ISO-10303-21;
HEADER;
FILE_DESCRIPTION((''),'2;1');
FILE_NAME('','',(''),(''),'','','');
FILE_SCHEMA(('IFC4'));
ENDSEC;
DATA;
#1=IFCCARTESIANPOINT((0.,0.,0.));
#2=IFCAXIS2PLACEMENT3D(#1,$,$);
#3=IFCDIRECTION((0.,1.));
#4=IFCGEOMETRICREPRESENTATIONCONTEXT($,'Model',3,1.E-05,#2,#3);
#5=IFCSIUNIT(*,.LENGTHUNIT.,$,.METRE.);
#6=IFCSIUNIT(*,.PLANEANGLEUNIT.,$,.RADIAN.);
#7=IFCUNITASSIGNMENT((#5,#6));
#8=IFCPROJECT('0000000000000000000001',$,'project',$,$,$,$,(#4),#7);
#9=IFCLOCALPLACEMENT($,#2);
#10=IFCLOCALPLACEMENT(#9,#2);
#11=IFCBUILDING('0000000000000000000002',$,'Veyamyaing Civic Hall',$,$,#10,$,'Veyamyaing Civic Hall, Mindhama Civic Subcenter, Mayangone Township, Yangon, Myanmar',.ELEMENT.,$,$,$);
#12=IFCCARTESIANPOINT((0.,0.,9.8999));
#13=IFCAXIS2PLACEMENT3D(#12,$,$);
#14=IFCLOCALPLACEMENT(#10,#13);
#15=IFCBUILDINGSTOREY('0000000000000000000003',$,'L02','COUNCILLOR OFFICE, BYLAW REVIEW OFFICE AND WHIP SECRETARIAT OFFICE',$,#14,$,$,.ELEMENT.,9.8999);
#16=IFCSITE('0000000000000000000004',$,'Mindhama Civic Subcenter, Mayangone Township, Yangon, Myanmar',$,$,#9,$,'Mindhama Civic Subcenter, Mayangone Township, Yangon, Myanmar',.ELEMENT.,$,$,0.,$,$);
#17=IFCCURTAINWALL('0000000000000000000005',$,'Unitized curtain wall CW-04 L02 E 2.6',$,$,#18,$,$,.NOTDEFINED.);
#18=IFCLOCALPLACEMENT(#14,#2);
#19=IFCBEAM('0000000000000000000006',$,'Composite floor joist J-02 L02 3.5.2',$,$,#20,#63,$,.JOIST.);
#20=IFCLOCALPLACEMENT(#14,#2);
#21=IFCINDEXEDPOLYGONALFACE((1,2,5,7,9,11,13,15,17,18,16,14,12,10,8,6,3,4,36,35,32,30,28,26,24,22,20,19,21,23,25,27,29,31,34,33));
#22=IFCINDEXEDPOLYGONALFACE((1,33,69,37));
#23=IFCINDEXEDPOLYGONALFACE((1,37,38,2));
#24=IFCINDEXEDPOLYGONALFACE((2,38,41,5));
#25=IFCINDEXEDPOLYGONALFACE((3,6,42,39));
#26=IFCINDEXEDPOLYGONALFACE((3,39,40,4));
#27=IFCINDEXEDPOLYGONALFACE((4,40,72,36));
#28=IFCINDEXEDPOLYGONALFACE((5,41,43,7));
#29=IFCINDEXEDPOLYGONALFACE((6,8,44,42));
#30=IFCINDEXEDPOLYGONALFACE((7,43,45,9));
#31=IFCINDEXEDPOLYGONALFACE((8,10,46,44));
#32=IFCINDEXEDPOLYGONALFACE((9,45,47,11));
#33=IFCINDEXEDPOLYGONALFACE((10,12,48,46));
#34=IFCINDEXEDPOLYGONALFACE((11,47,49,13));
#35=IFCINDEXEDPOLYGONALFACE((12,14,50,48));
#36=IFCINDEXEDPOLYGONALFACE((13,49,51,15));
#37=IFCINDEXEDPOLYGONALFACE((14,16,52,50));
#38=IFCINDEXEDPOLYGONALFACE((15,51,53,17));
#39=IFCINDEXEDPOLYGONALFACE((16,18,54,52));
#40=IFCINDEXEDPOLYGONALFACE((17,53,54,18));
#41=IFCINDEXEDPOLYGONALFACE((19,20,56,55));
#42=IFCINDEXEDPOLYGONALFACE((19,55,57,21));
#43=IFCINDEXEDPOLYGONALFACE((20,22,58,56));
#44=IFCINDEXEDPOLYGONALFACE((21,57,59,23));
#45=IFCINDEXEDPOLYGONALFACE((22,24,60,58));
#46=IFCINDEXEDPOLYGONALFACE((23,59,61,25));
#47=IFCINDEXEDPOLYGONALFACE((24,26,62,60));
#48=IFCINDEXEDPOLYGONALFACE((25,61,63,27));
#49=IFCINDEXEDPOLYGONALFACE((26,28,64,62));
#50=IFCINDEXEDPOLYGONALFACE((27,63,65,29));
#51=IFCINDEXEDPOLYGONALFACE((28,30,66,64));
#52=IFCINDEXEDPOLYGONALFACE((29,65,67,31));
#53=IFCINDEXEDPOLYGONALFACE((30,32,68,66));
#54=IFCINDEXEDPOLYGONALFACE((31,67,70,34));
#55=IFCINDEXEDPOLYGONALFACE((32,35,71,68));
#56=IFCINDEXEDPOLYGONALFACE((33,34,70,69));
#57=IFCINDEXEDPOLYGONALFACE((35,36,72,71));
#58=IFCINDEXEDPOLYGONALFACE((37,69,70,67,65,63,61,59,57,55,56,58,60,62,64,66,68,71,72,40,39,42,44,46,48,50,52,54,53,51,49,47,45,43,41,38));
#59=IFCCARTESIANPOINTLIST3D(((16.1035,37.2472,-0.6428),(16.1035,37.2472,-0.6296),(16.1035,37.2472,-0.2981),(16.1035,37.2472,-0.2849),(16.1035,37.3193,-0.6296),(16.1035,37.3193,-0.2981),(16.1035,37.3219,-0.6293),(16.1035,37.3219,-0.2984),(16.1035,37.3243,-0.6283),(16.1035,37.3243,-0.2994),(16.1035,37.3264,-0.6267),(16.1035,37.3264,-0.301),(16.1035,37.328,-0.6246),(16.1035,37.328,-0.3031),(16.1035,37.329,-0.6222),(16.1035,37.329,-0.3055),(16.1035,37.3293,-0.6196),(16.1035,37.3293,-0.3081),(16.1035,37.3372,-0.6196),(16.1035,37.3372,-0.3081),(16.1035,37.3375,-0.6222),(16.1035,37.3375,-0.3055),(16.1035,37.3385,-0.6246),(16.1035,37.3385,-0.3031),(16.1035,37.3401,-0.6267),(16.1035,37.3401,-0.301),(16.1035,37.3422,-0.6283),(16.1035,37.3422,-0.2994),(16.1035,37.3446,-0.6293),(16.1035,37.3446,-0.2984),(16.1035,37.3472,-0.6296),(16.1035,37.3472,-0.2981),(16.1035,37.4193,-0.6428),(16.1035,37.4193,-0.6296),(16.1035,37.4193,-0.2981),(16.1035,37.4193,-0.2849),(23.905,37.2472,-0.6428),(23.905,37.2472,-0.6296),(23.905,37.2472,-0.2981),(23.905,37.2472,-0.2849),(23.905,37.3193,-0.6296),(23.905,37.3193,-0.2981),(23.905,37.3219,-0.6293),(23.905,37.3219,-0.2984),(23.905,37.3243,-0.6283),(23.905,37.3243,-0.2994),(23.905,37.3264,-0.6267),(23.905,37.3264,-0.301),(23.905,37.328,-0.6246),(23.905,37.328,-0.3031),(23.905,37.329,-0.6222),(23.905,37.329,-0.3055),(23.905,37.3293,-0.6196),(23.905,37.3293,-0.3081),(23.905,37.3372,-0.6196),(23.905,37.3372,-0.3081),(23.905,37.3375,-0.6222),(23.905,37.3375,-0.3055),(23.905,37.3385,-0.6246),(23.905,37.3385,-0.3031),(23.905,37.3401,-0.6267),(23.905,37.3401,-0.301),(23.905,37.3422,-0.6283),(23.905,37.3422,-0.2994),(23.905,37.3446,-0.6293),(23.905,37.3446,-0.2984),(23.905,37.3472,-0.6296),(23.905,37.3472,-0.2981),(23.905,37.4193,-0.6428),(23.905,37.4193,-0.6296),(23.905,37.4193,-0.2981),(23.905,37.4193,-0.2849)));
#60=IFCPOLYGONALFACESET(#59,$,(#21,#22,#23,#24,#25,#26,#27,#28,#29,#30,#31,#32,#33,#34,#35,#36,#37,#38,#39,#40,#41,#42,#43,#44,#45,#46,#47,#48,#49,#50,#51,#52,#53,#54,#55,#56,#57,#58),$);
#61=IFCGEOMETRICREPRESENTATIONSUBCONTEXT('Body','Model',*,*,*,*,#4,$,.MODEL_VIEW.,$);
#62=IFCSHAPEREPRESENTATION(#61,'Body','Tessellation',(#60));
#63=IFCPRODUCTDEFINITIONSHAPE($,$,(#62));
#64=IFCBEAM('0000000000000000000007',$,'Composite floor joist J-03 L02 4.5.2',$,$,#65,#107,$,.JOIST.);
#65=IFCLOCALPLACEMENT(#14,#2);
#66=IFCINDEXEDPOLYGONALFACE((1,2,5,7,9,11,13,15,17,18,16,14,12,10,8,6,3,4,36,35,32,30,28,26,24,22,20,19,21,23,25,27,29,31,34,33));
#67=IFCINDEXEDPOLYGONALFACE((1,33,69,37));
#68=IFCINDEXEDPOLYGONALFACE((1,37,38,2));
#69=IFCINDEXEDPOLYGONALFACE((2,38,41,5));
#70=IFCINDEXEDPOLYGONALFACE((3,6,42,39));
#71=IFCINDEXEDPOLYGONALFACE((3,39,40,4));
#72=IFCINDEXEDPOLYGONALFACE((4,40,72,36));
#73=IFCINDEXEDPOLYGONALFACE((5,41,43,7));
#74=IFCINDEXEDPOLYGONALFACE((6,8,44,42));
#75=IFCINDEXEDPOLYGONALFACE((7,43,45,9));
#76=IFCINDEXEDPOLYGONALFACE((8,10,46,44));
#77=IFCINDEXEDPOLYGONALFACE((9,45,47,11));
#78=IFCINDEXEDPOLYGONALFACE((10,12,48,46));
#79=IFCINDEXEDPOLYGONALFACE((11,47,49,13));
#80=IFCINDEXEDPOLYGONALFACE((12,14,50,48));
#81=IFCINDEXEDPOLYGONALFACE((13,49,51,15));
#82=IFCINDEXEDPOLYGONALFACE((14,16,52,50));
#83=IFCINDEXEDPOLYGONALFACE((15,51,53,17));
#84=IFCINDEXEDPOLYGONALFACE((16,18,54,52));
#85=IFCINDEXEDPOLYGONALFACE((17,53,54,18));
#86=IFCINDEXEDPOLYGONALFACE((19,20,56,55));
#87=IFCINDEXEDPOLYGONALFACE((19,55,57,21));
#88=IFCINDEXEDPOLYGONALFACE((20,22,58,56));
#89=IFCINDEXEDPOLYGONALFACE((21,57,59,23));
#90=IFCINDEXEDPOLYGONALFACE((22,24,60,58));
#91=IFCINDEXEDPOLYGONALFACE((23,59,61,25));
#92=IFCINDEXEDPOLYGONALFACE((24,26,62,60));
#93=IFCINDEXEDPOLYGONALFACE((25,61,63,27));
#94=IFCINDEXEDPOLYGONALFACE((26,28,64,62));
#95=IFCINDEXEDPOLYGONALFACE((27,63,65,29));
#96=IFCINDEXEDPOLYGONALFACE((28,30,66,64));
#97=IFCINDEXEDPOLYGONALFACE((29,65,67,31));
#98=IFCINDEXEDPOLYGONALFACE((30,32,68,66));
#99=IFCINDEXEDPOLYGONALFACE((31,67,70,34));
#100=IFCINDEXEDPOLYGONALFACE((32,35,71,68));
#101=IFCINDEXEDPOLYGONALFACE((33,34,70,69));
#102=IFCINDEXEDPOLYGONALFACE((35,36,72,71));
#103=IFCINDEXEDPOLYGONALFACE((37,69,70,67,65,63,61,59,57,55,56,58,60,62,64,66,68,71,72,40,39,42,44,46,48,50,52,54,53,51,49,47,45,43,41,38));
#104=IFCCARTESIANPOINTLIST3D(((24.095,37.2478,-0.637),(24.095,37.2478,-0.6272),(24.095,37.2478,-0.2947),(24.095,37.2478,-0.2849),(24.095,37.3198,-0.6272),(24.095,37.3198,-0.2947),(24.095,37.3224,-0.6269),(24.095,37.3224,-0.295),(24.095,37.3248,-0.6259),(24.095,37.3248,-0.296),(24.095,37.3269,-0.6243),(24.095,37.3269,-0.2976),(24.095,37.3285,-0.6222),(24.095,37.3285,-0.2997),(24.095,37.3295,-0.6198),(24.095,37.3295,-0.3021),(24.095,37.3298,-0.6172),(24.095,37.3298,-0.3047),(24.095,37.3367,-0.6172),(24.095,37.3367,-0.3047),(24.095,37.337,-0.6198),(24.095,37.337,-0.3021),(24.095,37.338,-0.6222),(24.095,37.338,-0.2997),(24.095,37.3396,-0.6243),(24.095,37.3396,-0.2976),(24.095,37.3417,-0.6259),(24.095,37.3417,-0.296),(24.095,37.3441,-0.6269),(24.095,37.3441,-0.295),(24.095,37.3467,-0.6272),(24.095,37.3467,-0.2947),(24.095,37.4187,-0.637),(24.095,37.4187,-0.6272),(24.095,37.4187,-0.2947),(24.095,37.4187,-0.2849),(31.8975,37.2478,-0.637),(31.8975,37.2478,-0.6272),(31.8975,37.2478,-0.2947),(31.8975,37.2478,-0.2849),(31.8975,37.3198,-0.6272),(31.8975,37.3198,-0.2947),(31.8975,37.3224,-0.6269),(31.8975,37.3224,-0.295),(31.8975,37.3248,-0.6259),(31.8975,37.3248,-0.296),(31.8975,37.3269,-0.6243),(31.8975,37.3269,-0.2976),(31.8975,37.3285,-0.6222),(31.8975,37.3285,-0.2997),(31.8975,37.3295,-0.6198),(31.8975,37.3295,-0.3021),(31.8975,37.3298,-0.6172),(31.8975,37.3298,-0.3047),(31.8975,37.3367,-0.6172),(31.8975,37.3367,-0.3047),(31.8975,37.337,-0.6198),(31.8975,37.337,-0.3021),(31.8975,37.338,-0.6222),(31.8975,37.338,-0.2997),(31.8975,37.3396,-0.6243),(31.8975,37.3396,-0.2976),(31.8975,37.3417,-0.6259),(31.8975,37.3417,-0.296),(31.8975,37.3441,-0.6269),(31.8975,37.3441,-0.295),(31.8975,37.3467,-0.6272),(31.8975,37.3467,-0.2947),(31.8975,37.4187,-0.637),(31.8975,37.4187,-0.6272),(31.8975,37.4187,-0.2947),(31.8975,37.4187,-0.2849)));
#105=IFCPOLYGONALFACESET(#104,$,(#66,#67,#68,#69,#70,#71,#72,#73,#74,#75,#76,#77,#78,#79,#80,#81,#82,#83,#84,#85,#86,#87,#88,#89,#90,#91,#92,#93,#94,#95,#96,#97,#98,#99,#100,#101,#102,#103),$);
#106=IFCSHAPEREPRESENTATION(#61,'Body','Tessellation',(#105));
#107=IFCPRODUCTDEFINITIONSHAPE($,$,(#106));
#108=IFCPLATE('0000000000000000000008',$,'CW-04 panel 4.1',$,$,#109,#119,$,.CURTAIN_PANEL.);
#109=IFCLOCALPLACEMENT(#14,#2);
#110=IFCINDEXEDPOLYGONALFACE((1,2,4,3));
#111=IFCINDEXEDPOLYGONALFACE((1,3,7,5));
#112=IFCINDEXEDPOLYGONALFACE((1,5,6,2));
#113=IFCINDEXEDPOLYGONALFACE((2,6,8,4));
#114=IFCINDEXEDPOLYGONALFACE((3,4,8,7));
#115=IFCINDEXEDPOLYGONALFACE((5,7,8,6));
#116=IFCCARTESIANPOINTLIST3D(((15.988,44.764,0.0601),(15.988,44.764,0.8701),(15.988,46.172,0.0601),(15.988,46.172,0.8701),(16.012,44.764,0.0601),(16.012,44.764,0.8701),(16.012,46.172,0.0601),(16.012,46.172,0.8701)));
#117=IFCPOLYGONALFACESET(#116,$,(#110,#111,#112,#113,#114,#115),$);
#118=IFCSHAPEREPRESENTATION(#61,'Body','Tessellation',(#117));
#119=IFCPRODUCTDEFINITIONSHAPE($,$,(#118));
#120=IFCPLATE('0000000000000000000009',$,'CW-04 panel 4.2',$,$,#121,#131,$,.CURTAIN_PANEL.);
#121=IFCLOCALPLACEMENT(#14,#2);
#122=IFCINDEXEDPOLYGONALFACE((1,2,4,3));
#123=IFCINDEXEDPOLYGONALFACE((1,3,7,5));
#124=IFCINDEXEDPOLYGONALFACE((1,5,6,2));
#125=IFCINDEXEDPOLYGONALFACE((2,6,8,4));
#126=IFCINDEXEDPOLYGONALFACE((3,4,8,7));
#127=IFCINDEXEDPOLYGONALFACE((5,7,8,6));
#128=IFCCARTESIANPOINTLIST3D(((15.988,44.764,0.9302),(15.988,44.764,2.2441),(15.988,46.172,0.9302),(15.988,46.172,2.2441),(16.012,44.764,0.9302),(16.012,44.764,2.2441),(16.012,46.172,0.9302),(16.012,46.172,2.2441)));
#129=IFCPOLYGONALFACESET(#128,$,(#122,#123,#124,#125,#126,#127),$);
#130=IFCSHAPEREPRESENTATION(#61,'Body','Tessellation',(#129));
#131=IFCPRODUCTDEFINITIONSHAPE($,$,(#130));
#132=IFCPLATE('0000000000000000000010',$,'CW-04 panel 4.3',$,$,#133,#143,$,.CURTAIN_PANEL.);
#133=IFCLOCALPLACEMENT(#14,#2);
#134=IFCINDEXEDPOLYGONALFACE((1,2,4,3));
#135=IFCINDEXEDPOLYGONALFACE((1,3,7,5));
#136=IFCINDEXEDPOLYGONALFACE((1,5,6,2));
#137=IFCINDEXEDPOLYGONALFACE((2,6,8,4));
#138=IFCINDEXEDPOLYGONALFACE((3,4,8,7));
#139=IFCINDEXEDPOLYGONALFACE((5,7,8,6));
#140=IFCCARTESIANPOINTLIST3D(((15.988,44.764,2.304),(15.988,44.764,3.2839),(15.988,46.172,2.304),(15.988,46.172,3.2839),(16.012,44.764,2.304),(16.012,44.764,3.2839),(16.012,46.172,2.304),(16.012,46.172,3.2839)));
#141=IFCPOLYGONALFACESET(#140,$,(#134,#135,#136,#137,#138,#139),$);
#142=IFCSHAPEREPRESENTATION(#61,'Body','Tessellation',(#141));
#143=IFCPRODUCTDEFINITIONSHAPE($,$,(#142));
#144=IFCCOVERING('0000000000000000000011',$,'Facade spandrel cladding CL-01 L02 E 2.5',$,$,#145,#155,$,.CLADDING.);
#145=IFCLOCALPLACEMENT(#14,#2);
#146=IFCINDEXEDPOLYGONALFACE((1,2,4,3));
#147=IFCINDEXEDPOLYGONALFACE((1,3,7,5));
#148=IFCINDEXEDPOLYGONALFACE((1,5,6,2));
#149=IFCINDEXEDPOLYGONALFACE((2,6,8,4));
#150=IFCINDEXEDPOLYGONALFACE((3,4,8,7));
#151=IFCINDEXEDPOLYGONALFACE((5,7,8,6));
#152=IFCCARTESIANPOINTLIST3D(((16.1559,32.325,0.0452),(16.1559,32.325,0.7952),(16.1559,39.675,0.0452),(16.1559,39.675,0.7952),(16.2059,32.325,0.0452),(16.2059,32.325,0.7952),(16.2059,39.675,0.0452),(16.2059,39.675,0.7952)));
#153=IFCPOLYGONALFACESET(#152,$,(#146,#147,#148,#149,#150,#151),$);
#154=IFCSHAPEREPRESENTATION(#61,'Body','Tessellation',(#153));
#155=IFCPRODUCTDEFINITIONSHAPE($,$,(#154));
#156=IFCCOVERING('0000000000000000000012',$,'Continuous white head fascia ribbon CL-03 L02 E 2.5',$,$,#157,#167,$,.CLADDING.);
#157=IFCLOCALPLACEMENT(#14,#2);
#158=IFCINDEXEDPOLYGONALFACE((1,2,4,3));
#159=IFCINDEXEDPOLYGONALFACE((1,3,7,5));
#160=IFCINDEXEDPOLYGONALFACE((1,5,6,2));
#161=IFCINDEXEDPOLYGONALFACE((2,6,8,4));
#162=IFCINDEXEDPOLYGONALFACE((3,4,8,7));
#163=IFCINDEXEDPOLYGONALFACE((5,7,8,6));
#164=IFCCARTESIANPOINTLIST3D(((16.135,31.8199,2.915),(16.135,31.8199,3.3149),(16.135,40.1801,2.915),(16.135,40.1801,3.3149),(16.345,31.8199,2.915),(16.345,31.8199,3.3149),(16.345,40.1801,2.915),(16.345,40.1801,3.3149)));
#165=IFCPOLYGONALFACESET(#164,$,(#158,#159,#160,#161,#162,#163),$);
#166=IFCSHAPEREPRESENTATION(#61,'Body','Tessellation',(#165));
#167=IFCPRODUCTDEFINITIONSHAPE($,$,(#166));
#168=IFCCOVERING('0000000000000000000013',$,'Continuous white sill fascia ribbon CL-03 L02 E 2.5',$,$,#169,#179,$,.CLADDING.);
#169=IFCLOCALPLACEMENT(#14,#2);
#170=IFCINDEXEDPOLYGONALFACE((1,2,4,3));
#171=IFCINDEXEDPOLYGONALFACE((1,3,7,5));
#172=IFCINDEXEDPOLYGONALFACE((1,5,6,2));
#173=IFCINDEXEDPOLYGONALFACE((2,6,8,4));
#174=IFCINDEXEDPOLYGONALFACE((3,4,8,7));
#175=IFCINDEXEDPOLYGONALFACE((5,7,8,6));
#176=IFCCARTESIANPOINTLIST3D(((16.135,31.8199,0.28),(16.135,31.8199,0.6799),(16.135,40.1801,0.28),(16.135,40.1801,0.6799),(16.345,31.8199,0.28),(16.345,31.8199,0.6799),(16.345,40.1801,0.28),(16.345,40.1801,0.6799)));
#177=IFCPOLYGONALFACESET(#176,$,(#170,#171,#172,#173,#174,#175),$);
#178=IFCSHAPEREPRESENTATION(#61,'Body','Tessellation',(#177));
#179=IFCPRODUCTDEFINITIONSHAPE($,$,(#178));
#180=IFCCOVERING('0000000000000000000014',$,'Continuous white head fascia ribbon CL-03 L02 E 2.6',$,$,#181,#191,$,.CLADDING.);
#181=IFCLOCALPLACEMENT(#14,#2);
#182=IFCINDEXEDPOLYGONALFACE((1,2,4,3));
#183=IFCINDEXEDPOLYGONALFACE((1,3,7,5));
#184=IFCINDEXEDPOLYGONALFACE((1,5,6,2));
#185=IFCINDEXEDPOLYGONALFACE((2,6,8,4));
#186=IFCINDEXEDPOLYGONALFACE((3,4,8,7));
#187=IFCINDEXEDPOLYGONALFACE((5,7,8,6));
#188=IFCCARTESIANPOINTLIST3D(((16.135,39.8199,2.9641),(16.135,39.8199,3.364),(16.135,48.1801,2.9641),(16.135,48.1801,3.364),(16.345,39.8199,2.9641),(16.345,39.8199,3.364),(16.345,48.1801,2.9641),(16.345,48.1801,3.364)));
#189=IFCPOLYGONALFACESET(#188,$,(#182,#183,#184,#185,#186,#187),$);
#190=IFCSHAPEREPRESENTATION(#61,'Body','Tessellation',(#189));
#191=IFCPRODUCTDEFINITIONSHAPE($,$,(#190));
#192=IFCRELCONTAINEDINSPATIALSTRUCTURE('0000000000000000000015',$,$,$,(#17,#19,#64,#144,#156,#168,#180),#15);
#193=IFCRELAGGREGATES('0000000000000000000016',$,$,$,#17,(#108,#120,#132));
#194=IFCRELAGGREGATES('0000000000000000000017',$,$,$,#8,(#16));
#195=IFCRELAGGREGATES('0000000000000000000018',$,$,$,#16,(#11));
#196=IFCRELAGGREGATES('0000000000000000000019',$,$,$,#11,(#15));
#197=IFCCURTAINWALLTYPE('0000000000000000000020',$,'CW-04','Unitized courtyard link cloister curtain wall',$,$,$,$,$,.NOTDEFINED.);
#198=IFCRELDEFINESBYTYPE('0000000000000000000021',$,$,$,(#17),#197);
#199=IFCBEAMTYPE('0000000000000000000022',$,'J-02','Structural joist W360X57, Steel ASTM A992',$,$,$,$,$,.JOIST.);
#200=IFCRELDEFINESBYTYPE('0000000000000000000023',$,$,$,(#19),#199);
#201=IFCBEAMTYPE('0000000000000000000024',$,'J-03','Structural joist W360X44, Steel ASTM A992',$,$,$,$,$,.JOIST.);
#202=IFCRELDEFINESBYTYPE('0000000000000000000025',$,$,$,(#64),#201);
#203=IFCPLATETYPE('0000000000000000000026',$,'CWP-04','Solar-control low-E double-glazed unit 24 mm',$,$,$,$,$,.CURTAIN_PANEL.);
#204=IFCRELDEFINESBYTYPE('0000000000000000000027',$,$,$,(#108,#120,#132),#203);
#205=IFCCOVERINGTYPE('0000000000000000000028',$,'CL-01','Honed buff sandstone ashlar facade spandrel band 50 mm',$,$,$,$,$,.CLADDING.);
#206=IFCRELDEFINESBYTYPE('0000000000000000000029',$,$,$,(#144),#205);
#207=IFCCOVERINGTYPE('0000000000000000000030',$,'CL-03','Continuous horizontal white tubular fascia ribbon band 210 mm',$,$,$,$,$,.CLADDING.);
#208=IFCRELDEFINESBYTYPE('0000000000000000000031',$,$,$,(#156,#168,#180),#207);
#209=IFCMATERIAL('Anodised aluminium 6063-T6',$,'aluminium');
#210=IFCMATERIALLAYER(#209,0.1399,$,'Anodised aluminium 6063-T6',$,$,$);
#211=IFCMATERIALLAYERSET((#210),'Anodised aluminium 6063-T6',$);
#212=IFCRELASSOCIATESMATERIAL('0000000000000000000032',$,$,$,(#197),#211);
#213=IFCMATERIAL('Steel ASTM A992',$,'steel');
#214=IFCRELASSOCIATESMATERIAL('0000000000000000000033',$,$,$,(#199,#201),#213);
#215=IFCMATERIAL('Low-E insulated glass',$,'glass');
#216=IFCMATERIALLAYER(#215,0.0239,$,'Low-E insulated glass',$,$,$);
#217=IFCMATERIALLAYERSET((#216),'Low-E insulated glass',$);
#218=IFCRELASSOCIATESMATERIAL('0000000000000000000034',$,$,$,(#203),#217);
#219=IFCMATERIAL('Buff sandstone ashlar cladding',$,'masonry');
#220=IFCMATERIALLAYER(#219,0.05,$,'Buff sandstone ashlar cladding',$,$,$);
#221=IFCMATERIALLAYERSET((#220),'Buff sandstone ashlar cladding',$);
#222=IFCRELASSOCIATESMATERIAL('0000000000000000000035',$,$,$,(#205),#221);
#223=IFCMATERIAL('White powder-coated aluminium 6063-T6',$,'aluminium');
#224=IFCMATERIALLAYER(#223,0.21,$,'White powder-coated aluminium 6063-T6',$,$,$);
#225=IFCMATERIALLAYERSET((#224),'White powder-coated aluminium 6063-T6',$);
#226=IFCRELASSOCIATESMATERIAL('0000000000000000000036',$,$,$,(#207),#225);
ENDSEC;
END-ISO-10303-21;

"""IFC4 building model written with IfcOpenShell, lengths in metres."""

from ifc_helpers import new_model, si_unit, direction, frame, origin, origin_2d, place, context, subcontext, project, spatial, rectangle, i_section, extrude, material, layer, layer_set, material_profile, profile_set, type_object, element, aggregate, save


model = new_model("IFC4")

# Units and contexts
model_context = context("Model", 3, precision=1e-05, world=origin(), true_north=direction((0.0, 1.0)))
body_context = subcontext(model_context, "Body", "Model", "MODEL_VIEW")
ifc_project = project(units=[si_unit("LENGTHUNIT", "METRE"), si_unit("PLANEANGLEUNIT", "RADIAN")], contexts=[model_context])

# Site, building, storey
site_placement = place(None, origin())
site = spatial("IfcSite", under=ifc_project, at=site_placement, Name="Mindhama Civic Subcenter, Mayangone Township, Yangon, Myanmar", LongName="Mindhama Civic Subcenter, Mayangone Township, Yangon, Myanmar", CompositionType="ELEMENT", RefElevation=0.0)
building_placement = place(site_placement, origin())
building = spatial("IfcBuilding", under=site, at=building_placement, Name="Veyamyaing Civic Hall", LongName="Veyamyaing Civic Hall, Mindhama Civic Subcenter, Mayangone Township, Yangon, Myanmar", CompositionType="ELEMENT")
storey_placement = place(building_placement, frame((0.0, 0.0, 9.8999)))
storey = spatial("IfcBuildingStorey", under=building, at=storey_placement, Name="L02", Description="COUNCILLOR OFFICE, BYLAW REVIEW OFFICE AND WHIP SECRETARIAT OFFICE", CompositionType="ELEMENT", Elevation=9.8999)

# Shared definitions
ifc_material_1 = material(Name="Steel ASTM A992", Category="steel")

# Curtain wall
ifc_material_2 = material(Name="Anodised aluminium 6063-T6", Category="aluminium")
ifc_layer_1 = layer(ifc_material_2, 0.1399, Name="Anodised aluminium 6063-T6")
ifc_layer_set_1 = layer_set([ifc_layer_1], Name="Anodised aluminium 6063-T6")
curtain_wall_type = type_object("IfcCurtainWallType", Name="CW-04", Description="Unitized courtyard link cloister curtain wall", PredefinedType="NOTDEFINED", material=ifc_layer_set_1)
curtain_wall_placement = place(storey_placement, origin())
curtain_wall = element("IfcCurtainWall", 1, at=curtain_wall_placement, inside=storey, type_object=curtain_wall_type, Name="Unitized curtain wall CW-04 L02 E 2.6", PredefinedType="NOTDEFINED")

# Beams
ifc_material_profile_1 = material_profile(ifc_material_1, i_section(OverallWidth=0.1721, OverallDepth=0.3579, WebThickness=0.0078, FlangeThickness=0.0132, FilletRadius=0.01, at=origin_2d()), Name="W360X57")
ifc_profile_set_1 = profile_set([ifc_material_profile_1], Name="Steel ASTM A992")
beam_type_1 = type_object("IfcBeamType", Name="J-02", Description="Structural joist W360X57, Steel ASTM A992", PredefinedType="JOIST", material=ifc_profile_set_1)
beam_1_placement = place(storey_placement, frame((16.1035, 37.3333, -0.4639), z_axis=(1.0, 0.0, 0.0), x_axis=(0.0, 1.0, 0.0)))
element("IfcBeam", 2, at=beam_1_placement, inside=storey, type_object=beam_type_1, Name="Composite floor joist J-02 L02 3.5.2", PredefinedType="JOIST", context=body_context, shape_type="SweptSolid", body=[
    extrude(i_section(OverallWidth=0.1721, OverallDepth=0.3579, WebThickness=0.0078, FlangeThickness=0.0132, FilletRadius=0.01, at=origin_2d()), origin(), (0.0, 0.0, 1.0), 7.8015),
])
ifc_material_profile_2 = material_profile(ifc_material_1, i_section(OverallWidth=0.1709, OverallDepth=0.3521, WebThickness=0.0068, FlangeThickness=0.0098, FilletRadius=0.01, at=origin_2d()), Name="W360X44")
ifc_profile_set_2 = profile_set([ifc_material_profile_2], Name="Steel ASTM A992")
beam_type_2 = type_object("IfcBeamType", Name="J-03", Description="Structural joist W360X44, Steel ASTM A992", PredefinedType="JOIST", material=ifc_profile_set_2)
beam_2_placement = place(storey_placement, frame((24.095, 37.3333, -0.4609), z_axis=(1.0, 0.0, 0.0), x_axis=(0.0, 1.0, 0.0)))
element("IfcBeam", 3, at=beam_2_placement, inside=storey, type_object=beam_type_2, Name="Composite floor joist J-03 L02 4.5.2", PredefinedType="JOIST", context=body_context, shape_type="SweptSolid", body=[
    extrude(i_section(OverallWidth=0.1709, OverallDepth=0.3521, WebThickness=0.0068, FlangeThickness=0.0098, FilletRadius=0.01, at=origin_2d()), origin(), (0.0, 0.0, 1.0), 7.8025),
])

# Plates
ifc_material_3 = material(Name="Low-E insulated glass", Category="glass")
ifc_layer_2 = layer(ifc_material_3, 0.0239, Name="Low-E insulated glass")
ifc_layer_set_2 = layer_set([ifc_layer_2], Name="Low-E insulated glass")
plate_type = type_object("IfcPlateType", Name="CWP-04", Description="Solar-control low-E double-glazed unit 24 mm", PredefinedType="CURTAIN_PANEL", material=ifc_layer_set_2)
plate_1_placement = place(storey_placement, frame((16.0, 45.468, 0.0601), z_axis=(0.0, 0.0, 1.0), x_axis=(0.0, 1.0, 0.0)))
plate_1 = element("IfcPlate", 4, at=plate_1_placement, type_object=plate_type, Name="CW-04 panel 4.1", PredefinedType="CURTAIN_PANEL", context=body_context, shape_type="SweptSolid", body=[
    extrude(rectangle(XDim=1.408, YDim=0.0239, at=origin_2d()), origin(), (0.0, 0.0, 1.0), 0.8101),
])
plate_2_placement = place(storey_placement, frame((16.0, 45.468, 0.9302), z_axis=(0.0, 0.0, 1.0), x_axis=(0.0, 1.0, 0.0)))
plate_2 = element("IfcPlate", 5, at=plate_2_placement, type_object=plate_type, Name="CW-04 panel 4.2", PredefinedType="CURTAIN_PANEL", context=body_context, shape_type="SweptSolid", body=[
    extrude(rectangle(XDim=1.408, YDim=0.0239, at=origin_2d()), origin(), (0.0, 0.0, 1.0), 1.314),
])
plate_3_placement = place(storey_placement, frame((16.0, 45.468, 2.304), z_axis=(0.0, 0.0, 1.0), x_axis=(0.0, 1.0, 0.0)))
plate_3 = element("IfcPlate", 6, at=plate_3_placement, type_object=plate_type, Name="CW-04 panel 4.3", PredefinedType="CURTAIN_PANEL", context=body_context, shape_type="SweptSolid", body=[
    extrude(rectangle(XDim=1.408, YDim=0.0239, at=origin_2d()), origin(), (0.0, 0.0, 1.0), 0.98),
])
aggregate(curtain_wall, [plate_1, plate_2, plate_3])

# Coverings
ifc_material_4 = material(Name="Buff sandstone ashlar cladding", Category="masonry")
ifc_layer_3 = layer(ifc_material_4, 0.05, Name="Buff sandstone ashlar cladding")
ifc_layer_set_3 = layer_set([ifc_layer_3], Name="Buff sandstone ashlar cladding")
covering_type_1 = type_object("IfcCoveringType", Name="CL-01", Description="Honed buff sandstone ashlar facade spandrel band 50 mm", PredefinedType="CLADDING", material=ifc_layer_set_3)
covering_placement = place(storey_placement, frame((16.1809, 36.0, 0.0452), z_axis=(0.0, 0.0, 1.0), x_axis=(0.0, 1.0, 0.0)))
element("IfcCovering", 7, at=covering_placement, inside=storey, type_object=covering_type_1, Name="Facade spandrel cladding CL-01 L02 E 2.5", PredefinedType="CLADDING", context=body_context, shape_type="SweptSolid", body=[
    extrude(rectangle(XDim=7.3501, YDim=0.05, at=origin_2d()), origin(), (0.0, 0.0, 1.0), 0.75),
])
ifc_material_5 = material(Name="White powder-coated aluminium 6063-T6", Category="aluminium")
ifc_layer_4 = layer(ifc_material_5, 0.21, Name="White powder-coated aluminium 6063-T6")
ifc_layer_set_4 = layer_set([ifc_layer_4], Name="White powder-coated aluminium 6063-T6")
covering_type_2 = type_object("IfcCoveringType", Name="CL-03", Description="Continuous horizontal white tubular fascia ribbon band 210 mm", PredefinedType="CLADDING", material=ifc_layer_set_4)
for number, where, z_axis, x_axis, name in (
    (8, (16.24, 36.0, 2.915), (0.0, 0.0, 1.0), (0.0, 1.0, 0.0), "Continuous white head fascia ribbon CL-03 L02 E 2.5"),
    (9, (16.24, 36.0, 0.28), (0.0, 0.0, 1.0), (0.0, 1.0, 0.0), "Continuous white sill fascia ribbon CL-03 L02 E 2.5"),
    (10, (16.24, 44.0, 2.9641), (0.0, 0.0, 1.0), (0.0, 1.0, 0.0), "Continuous white head fascia ribbon CL-03 L02 E 2.6"),
):
    element("IfcCovering", number, at=place(storey_placement, frame(where, z_axis=z_axis, x_axis=x_axis)), inside=storey, type_object=covering_type_2, Name=name, PredefinedType="CLADDING", context=body_context, shape_type="SweptSolid", body=[
        extrude(rectangle(XDim=8.3601, YDim=0.21, at=origin_2d()), origin(), (0.0, 0.0, 1.0), 0.3999),
    ])

save(model, "model.ifc")
